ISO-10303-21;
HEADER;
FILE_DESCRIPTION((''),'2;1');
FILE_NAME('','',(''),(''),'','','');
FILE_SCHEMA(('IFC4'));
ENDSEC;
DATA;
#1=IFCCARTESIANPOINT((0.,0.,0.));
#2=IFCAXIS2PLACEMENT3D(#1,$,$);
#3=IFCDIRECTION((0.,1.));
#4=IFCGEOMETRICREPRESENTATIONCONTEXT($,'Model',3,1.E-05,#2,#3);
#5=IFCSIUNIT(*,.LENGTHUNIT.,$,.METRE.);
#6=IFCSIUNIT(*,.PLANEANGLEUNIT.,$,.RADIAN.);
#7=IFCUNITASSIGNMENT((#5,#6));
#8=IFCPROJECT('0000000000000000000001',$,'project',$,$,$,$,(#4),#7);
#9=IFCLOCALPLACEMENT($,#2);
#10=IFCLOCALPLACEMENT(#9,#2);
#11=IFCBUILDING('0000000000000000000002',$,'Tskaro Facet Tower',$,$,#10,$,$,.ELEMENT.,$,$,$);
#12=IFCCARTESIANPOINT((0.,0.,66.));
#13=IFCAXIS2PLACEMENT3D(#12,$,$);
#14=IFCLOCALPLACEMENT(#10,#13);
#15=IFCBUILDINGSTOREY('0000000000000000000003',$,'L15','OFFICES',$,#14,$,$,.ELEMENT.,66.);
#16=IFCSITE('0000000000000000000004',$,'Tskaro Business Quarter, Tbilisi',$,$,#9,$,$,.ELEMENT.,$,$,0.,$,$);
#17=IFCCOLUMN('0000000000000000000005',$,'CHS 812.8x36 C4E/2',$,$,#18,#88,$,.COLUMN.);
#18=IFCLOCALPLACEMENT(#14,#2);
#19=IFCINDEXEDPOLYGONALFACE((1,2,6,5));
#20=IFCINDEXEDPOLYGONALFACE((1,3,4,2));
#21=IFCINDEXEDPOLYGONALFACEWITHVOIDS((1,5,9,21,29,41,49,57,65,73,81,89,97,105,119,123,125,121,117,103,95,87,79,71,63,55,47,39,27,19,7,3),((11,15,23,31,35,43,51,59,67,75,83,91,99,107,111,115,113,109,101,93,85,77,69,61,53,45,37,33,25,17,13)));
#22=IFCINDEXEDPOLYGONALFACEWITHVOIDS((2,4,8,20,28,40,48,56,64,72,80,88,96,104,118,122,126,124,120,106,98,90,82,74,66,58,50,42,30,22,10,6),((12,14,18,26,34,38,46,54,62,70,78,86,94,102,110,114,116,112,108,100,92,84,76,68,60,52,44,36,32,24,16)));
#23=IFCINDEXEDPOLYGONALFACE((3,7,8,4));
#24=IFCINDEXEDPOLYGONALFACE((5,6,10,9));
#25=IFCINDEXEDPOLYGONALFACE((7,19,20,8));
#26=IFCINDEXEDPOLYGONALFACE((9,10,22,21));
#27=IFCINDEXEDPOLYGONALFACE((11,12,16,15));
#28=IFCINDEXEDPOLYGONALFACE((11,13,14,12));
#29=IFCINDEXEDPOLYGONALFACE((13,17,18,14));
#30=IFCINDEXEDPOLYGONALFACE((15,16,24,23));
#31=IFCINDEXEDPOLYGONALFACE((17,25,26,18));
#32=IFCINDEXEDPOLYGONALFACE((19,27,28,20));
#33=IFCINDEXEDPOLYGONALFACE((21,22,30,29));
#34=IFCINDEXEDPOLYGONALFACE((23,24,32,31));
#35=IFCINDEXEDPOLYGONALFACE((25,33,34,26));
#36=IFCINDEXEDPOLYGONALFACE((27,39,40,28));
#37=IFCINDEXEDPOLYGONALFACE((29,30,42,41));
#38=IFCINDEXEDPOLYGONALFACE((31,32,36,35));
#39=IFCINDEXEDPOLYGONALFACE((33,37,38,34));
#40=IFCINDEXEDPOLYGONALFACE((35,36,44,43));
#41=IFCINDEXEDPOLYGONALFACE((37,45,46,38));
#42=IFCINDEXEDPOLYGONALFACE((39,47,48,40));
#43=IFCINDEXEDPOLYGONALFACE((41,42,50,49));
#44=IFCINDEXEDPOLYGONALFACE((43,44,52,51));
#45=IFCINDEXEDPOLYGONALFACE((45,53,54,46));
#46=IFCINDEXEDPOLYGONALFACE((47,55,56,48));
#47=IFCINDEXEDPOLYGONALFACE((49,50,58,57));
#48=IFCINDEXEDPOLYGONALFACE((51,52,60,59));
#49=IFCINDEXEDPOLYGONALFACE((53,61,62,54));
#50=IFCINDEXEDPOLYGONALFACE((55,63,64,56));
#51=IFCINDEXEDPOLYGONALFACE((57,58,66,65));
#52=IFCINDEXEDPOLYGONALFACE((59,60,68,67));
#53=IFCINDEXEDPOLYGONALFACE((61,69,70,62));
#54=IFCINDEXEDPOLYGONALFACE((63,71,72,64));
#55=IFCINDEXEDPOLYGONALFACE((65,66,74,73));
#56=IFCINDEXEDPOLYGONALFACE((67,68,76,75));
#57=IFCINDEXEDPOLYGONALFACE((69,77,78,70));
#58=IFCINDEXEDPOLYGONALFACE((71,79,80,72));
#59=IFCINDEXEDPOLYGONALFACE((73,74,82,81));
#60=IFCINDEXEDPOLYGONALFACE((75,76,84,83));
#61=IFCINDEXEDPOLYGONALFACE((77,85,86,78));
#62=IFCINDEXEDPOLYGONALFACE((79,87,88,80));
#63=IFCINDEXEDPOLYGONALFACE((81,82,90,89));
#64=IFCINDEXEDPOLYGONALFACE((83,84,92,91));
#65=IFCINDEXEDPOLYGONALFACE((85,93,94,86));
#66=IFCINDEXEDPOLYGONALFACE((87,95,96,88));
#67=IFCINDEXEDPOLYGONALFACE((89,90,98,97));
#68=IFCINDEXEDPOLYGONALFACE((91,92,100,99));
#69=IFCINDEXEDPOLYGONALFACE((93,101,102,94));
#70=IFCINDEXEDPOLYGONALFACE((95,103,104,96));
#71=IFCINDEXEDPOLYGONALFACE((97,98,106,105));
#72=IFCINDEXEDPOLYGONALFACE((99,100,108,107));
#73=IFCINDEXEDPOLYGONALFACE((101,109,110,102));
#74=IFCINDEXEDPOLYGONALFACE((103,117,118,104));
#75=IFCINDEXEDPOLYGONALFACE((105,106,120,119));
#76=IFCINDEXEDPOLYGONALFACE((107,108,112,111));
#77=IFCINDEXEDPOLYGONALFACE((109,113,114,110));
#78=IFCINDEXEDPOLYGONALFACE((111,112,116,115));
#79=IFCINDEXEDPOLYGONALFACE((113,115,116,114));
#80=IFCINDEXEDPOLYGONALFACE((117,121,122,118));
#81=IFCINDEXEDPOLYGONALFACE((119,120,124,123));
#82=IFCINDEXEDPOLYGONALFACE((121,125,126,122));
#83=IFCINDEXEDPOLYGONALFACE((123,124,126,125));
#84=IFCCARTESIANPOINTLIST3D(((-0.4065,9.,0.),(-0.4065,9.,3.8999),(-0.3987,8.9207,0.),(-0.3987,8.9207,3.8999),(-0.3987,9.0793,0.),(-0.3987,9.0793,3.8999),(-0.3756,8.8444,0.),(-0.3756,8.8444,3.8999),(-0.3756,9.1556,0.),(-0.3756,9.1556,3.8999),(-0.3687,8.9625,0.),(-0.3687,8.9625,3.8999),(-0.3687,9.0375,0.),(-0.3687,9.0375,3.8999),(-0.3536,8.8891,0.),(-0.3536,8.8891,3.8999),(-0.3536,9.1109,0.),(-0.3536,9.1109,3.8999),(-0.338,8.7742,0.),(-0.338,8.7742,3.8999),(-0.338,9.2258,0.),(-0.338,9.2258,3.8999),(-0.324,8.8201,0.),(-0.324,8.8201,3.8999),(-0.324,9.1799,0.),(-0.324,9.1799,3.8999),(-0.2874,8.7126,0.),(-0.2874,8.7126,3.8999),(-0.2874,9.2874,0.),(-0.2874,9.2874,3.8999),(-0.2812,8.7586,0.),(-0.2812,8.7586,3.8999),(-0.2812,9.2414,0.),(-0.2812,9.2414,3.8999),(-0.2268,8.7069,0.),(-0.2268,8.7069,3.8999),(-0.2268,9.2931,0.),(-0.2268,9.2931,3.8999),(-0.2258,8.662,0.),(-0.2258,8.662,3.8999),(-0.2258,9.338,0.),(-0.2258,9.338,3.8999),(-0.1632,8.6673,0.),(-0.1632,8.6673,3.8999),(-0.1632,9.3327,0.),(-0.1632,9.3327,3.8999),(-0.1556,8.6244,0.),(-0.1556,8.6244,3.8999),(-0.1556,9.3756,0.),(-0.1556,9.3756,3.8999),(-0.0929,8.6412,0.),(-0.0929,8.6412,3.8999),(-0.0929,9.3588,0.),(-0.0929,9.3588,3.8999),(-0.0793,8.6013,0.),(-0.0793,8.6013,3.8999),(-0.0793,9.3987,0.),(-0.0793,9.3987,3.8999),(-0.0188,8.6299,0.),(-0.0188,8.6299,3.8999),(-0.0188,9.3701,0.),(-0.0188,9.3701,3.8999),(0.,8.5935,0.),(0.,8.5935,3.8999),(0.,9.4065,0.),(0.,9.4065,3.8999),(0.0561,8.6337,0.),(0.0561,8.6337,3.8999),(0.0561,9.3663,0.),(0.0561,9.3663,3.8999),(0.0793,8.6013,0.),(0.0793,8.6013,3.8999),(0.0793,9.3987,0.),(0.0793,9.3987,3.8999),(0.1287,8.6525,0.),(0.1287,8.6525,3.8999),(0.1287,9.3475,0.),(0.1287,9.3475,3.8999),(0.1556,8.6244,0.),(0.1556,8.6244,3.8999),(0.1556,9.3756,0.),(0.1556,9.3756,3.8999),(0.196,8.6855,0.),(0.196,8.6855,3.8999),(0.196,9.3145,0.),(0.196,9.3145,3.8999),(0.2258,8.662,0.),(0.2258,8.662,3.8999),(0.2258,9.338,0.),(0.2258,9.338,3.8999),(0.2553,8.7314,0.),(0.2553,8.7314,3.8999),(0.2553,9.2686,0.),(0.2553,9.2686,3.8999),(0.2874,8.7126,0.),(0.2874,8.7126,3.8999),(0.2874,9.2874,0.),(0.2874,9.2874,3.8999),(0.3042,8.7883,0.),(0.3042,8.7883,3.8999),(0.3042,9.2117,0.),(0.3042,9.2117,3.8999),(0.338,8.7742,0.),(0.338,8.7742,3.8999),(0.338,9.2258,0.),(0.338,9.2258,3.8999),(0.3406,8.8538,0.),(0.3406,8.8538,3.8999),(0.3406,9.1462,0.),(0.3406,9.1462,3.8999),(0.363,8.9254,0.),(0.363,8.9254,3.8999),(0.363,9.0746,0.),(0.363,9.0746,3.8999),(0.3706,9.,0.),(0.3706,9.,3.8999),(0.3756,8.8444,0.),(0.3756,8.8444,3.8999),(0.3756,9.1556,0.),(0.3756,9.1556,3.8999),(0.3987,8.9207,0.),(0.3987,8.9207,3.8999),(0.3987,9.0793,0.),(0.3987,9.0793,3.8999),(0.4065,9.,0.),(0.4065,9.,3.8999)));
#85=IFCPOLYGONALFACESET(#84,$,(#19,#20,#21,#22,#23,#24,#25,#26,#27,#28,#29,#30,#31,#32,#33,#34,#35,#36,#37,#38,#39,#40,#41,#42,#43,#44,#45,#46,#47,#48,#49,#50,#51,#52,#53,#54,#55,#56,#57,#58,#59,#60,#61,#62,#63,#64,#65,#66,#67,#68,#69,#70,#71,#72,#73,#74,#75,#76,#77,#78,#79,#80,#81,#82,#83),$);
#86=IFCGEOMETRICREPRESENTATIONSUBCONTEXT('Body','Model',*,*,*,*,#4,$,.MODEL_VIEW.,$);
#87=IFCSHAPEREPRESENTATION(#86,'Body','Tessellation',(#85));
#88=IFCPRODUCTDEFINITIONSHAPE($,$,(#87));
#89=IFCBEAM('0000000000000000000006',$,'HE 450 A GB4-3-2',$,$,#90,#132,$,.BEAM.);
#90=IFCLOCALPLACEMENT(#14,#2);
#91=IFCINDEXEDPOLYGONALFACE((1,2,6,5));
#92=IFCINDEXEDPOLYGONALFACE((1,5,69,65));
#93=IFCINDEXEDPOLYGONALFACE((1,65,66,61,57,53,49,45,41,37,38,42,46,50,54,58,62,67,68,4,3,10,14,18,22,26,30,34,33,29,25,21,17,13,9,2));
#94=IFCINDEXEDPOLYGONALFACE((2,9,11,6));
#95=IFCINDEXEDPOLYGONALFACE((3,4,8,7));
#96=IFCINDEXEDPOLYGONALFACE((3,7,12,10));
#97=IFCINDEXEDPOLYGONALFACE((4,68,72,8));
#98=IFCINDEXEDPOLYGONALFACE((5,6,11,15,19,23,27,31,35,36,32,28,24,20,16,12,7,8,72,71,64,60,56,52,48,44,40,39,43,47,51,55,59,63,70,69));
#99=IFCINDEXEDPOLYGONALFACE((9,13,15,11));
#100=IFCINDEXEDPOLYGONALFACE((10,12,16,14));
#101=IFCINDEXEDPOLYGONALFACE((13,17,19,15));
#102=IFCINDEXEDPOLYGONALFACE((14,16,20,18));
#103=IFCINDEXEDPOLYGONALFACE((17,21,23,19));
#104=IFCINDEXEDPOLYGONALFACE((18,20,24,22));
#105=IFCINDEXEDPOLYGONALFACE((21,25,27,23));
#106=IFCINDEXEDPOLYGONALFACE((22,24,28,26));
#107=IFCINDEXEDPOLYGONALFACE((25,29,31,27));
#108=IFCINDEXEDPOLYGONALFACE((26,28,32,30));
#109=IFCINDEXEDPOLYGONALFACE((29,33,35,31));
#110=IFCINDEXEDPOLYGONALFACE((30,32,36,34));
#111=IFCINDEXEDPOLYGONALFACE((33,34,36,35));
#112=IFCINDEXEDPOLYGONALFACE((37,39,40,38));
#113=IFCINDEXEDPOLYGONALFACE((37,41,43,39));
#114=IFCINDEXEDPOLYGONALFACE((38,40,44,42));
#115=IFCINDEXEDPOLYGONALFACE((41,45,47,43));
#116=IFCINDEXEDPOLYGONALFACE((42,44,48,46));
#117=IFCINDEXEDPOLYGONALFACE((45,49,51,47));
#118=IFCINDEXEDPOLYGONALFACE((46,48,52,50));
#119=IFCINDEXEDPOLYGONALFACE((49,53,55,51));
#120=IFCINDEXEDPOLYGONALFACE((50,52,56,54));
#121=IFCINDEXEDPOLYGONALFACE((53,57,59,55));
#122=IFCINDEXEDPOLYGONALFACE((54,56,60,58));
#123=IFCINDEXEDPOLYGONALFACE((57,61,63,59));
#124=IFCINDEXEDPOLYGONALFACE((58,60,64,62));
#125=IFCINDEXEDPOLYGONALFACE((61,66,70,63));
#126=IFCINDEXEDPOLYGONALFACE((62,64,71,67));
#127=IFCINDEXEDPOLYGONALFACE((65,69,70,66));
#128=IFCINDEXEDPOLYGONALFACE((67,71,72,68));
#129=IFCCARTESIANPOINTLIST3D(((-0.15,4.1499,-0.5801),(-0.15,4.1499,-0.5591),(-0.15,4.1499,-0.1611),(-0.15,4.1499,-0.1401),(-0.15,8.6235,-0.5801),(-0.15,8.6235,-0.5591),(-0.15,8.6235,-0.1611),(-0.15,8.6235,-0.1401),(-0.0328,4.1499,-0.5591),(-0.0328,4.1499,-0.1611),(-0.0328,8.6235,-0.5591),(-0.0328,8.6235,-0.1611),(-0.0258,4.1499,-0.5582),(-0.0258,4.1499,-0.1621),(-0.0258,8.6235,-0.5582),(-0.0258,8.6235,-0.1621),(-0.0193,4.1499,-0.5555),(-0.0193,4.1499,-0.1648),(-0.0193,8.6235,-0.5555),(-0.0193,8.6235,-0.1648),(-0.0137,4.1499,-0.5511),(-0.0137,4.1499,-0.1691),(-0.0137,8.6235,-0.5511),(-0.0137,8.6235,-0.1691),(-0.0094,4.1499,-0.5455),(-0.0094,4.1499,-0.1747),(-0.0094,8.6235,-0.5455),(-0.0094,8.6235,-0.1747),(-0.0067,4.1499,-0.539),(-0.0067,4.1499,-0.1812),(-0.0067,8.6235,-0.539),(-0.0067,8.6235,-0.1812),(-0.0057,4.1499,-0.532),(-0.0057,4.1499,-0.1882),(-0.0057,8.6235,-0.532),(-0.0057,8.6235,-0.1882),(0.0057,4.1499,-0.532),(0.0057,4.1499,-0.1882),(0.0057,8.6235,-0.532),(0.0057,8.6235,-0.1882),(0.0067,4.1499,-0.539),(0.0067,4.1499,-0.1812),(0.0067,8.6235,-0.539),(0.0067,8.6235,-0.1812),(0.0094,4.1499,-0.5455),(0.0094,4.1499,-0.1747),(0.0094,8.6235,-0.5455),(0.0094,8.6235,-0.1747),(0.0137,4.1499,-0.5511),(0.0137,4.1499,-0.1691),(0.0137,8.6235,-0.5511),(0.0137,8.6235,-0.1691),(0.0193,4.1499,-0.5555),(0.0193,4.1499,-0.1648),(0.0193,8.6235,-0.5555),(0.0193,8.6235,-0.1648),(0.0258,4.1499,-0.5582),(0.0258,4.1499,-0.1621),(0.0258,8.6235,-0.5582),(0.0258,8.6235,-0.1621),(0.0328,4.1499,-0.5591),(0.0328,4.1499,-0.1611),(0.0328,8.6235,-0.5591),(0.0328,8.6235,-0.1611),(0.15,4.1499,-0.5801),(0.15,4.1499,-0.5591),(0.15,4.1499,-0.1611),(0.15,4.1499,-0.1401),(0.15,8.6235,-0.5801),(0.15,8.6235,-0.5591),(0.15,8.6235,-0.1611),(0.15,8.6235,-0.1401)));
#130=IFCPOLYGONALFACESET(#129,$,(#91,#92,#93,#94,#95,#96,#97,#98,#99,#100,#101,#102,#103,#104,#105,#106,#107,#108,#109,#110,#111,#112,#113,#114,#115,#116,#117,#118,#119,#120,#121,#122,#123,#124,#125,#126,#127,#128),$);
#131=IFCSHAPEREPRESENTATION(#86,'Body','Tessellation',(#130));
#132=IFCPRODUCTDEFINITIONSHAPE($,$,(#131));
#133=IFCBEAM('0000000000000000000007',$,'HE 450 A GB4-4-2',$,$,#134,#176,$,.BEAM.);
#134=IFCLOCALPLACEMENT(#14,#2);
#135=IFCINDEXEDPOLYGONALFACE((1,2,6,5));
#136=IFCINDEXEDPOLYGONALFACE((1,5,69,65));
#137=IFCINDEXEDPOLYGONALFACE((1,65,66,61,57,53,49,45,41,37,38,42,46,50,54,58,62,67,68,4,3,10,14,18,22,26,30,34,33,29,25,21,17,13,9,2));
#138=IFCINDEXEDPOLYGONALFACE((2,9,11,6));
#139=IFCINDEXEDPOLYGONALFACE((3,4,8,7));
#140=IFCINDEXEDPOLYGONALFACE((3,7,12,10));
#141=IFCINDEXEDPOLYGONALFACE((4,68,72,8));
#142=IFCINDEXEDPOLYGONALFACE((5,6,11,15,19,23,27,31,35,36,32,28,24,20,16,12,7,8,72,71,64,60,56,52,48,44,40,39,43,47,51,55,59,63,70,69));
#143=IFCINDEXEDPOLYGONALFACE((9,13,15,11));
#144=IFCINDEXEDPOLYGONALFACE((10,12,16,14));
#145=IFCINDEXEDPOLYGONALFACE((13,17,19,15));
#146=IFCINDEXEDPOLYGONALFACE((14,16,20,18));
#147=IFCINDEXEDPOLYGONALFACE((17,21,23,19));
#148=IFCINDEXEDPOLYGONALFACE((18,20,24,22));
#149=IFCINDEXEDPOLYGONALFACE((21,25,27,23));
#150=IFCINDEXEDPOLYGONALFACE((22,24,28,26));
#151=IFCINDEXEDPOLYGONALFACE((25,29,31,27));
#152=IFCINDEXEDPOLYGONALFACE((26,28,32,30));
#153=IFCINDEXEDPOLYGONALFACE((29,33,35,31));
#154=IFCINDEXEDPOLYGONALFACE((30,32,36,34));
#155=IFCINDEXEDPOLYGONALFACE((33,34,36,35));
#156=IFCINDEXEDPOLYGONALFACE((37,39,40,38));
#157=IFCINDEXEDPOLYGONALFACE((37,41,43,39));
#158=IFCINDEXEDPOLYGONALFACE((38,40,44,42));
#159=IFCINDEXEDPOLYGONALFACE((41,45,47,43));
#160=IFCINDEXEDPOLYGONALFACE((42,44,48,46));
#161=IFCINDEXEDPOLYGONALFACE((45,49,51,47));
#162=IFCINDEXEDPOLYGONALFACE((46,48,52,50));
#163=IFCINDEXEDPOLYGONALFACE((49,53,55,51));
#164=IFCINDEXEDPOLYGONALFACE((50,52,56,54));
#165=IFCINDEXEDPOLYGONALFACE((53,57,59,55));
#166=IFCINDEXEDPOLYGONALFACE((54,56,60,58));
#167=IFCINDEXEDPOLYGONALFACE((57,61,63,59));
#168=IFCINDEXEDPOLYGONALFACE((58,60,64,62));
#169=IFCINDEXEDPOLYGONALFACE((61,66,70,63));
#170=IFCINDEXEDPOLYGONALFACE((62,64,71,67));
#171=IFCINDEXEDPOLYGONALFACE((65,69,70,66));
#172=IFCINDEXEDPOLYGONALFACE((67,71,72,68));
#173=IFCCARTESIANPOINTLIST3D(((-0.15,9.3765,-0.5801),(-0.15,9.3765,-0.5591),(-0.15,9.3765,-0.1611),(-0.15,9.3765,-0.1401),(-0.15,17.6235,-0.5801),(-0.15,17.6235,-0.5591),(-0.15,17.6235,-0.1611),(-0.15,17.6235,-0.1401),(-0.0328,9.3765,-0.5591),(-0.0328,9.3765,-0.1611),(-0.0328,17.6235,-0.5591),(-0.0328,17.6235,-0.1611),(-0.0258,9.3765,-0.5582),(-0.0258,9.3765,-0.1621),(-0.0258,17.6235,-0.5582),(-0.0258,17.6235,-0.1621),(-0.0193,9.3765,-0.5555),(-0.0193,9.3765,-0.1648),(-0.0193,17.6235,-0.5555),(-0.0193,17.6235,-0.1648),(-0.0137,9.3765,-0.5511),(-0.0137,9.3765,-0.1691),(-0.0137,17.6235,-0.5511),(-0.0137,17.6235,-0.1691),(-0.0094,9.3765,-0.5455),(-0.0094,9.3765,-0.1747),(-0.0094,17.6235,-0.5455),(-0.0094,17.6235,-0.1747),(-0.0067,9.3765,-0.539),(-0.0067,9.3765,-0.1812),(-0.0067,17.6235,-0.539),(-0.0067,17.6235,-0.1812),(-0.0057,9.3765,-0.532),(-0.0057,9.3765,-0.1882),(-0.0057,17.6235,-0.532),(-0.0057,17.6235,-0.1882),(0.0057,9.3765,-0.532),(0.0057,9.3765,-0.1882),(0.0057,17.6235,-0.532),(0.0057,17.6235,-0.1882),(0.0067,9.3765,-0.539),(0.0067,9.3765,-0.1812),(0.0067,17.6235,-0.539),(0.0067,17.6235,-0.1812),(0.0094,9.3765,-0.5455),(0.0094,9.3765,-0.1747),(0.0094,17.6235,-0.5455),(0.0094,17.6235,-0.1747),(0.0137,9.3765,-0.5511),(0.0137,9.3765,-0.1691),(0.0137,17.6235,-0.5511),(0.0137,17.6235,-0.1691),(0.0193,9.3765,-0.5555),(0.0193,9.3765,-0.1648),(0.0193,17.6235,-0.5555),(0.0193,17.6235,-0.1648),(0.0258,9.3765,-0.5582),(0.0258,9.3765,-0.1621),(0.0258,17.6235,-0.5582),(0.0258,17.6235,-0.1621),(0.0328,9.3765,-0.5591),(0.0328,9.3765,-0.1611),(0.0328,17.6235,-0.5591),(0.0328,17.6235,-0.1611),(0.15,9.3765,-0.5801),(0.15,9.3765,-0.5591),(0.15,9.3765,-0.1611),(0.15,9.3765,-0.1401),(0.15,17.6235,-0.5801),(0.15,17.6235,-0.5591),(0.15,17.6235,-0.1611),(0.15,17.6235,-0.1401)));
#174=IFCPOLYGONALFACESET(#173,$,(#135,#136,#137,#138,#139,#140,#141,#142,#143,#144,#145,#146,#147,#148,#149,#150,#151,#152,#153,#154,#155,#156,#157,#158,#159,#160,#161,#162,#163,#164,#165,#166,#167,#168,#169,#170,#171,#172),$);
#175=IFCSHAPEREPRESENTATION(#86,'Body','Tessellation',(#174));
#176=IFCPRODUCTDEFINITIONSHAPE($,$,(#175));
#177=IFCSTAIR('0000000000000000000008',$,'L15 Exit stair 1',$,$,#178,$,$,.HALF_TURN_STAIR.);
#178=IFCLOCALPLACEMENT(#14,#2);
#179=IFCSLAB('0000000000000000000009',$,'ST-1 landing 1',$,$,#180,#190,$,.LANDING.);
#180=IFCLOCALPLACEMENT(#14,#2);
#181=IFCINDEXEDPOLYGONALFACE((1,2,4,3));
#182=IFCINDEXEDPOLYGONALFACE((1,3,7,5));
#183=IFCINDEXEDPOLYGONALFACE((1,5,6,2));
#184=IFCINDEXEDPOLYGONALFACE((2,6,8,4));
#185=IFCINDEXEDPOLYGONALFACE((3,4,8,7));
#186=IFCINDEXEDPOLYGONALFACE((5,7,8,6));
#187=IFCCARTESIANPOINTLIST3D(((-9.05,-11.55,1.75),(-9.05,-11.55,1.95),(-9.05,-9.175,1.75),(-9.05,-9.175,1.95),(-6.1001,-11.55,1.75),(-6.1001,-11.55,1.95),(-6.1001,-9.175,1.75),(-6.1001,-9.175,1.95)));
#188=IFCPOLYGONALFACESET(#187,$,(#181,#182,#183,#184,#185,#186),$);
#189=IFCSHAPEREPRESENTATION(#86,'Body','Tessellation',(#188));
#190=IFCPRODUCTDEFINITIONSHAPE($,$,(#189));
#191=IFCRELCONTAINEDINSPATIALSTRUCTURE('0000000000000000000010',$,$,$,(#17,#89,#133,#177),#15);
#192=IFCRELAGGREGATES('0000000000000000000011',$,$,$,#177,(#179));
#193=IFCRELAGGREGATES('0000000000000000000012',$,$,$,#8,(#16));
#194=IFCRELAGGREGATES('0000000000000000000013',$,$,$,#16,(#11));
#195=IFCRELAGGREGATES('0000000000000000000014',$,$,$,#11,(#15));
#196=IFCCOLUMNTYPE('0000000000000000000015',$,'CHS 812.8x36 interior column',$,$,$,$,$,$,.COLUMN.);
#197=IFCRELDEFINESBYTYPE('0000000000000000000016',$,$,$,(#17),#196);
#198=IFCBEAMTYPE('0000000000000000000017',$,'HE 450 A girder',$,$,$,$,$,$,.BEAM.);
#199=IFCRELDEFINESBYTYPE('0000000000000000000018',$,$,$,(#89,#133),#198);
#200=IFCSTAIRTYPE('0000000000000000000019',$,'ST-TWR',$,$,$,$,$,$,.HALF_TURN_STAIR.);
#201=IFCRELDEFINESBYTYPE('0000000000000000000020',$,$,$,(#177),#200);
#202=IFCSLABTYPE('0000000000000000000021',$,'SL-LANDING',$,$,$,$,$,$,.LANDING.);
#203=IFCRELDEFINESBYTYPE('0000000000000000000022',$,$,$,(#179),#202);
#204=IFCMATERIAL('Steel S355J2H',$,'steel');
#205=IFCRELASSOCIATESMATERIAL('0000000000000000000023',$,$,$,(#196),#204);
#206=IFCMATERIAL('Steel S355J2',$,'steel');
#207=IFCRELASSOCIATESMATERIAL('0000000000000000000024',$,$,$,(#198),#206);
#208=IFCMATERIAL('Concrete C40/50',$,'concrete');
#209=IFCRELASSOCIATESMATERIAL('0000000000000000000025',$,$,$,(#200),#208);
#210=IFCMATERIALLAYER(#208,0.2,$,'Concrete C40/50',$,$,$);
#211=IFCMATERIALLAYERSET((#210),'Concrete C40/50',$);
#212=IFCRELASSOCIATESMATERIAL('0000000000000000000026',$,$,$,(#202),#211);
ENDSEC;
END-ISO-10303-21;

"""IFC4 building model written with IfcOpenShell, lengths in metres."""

from ifc_helpers import new_model, si_unit, direction, frame, origin, origin_2d, place, context, subcontext, project, spatial, polyline, hollow_circle, i_section, outline, extrude, material, layer, layer_set, material_profile, profile_set, type_object, element, aggregate, save


model = new_model("IFC4")

# Units and contexts
model_context = context("Model", 3, precision=1e-05, world=origin(), true_north=direction((0.0, 1.0)))
body_context = subcontext(model_context, "Body", "Model", "MODEL_VIEW")
ifc_project = project(units=[si_unit("LENGTHUNIT", "METRE"), si_unit("PLANEANGLEUNIT", "RADIAN")], contexts=[model_context])

# Site, building, storey
site_placement = place(None, origin())
site = spatial("IfcSite", under=ifc_project, at=site_placement, Name="Tskaro Business Quarter, Tbilisi", CompositionType="ELEMENT", RefElevation=0.0)
building_placement = place(site_placement, origin())
building = spatial("IfcBuilding", under=site, at=building_placement, Name="Tskaro Facet Tower", CompositionType="ELEMENT")
storey_placement = place(building_placement, frame((0.0, 0.0, 66.0)))
storey = spatial("IfcBuildingStorey", under=building, at=storey_placement, Name="L15", Description="OFFICES", CompositionType="ELEMENT", Elevation=66.0)

# Column
ifc_material_1 = material(Name="Steel S355J2H", Category="steel")
ifc_material_profile_1 = material_profile(ifc_material_1, hollow_circle(Radius=0.4065, WallThickness=0.0359, at=origin_2d()), Name="CHS 812.8x36")
ifc_profile_set_1 = profile_set([ifc_material_profile_1], Name="Steel S355J2H")
column_type = type_object("IfcColumnType", Name="CHS 812.8x36 interior column", PredefinedType="COLUMN", material=ifc_profile_set_1)
column_placement = place(storey_placement, frame((0.0, 9.0, 0.0), z_axis=(0.0, 0.0, 1.0), x_axis=(1.0, 0.0, 0.0)))
element("IfcColumn", 1, at=column_placement, inside=storey, type_object=column_type, Name="CHS 812.8x36 C4E/2", PredefinedType="COLUMN", context=body_context, shape_type="SweptSolid", body=[
    extrude(hollow_circle(Radius=0.4065, WallThickness=0.0359, at=origin_2d()), origin(), (0.0, 0.0, 1.0), 3.8999),
])

# Beams
ifc_material_2 = material(Name="Steel S355J2", Category="steel")
ifc_material_profile_2 = material_profile(ifc_material_2, i_section(OverallWidth=0.3, OverallDepth=0.4399, WebThickness=0.0115, FlangeThickness=0.021, FilletRadius=0.0271, at=origin_2d()), Name="HE 450 A")
ifc_profile_set_2 = profile_set([ifc_material_profile_2], Name="Steel S355J2")
beam_type = type_object("IfcBeamType", Name="HE 450 A girder", PredefinedType="BEAM", material=ifc_profile_set_2)
beam_1_placement = place(storey_placement, frame((0.0, 4.1499, -0.3601), z_axis=(0.0, 1.0, 0.0), x_axis=(-1.0, 0.0, 0.0)))
element("IfcBeam", 2, at=beam_1_placement, inside=storey, type_object=beam_type, Name="HE 450 A GB4-3-2", PredefinedType="BEAM", context=body_context, shape_type="SweptSolid", body=[
    extrude(i_section(OverallWidth=0.3, OverallDepth=0.4399, WebThickness=0.0115, FlangeThickness=0.021, FilletRadius=0.0271, at=origin_2d()), origin(), (0.0, 0.0, 1.0), 4.4736),
])
beam_2_placement = place(storey_placement, frame((0.0, 9.3765, -0.3601), z_axis=(0.0, 1.0, 0.0), x_axis=(-1.0, 0.0, 0.0)))
element("IfcBeam", 3, at=beam_2_placement, inside=storey, type_object=beam_type, Name="HE 450 A GB4-4-2", PredefinedType="BEAM", context=body_context, shape_type="SweptSolid", body=[
    extrude(i_section(OverallWidth=0.3, OverallDepth=0.4399, WebThickness=0.0115, FlangeThickness=0.021, FilletRadius=0.0271, at=origin_2d()), origin(), (0.0, 0.0, 1.0), 8.2471),
])

# Stair, slab
ifc_material_3 = material(Name="Concrete C40/50", Category="concrete")
stair_type = type_object("IfcStairType", Name="ST-TWR", PredefinedType="HALF_TURN_STAIR", material=ifc_material_3)
stair_1_placement = place(storey_placement, origin())
stair_1 = element("IfcStair", 4, at=stair_1_placement, inside=storey, type_object=stair_type, Name="L15 Exit stair 1", PredefinedType="HALF_TURN_STAIR")
ifc_layer_1 = layer(ifc_material_3, 0.2, Name="Concrete C40/50")
ifc_layer_set_1 = layer_set([ifc_layer_1], Name="Concrete C40/50")
slab_type = type_object("IfcSlabType", Name="SL-LANDING", PredefinedType="LANDING", material=ifc_layer_set_1)
slab_1_placement = place(storey_placement, frame((0.0, 0.0, 1.75)))
slab_1 = element("IfcSlab", 5, at=slab_1_placement, type_object=slab_type, Name="ST-1 landing 1", PredefinedType="LANDING", context=body_context, shape_type="SweptSolid", body=[
    extrude(outline(polyline([(-9.05, -11.55), (-6.1001, -11.55), (-6.1001, -9.175), (-9.05, -9.175), (-9.05, -11.55)])), origin(), (0.0, 0.0, 1.0), 0.2),
])
aggregate(stair_1, [slab_1])

save(model, "model.ifc")
